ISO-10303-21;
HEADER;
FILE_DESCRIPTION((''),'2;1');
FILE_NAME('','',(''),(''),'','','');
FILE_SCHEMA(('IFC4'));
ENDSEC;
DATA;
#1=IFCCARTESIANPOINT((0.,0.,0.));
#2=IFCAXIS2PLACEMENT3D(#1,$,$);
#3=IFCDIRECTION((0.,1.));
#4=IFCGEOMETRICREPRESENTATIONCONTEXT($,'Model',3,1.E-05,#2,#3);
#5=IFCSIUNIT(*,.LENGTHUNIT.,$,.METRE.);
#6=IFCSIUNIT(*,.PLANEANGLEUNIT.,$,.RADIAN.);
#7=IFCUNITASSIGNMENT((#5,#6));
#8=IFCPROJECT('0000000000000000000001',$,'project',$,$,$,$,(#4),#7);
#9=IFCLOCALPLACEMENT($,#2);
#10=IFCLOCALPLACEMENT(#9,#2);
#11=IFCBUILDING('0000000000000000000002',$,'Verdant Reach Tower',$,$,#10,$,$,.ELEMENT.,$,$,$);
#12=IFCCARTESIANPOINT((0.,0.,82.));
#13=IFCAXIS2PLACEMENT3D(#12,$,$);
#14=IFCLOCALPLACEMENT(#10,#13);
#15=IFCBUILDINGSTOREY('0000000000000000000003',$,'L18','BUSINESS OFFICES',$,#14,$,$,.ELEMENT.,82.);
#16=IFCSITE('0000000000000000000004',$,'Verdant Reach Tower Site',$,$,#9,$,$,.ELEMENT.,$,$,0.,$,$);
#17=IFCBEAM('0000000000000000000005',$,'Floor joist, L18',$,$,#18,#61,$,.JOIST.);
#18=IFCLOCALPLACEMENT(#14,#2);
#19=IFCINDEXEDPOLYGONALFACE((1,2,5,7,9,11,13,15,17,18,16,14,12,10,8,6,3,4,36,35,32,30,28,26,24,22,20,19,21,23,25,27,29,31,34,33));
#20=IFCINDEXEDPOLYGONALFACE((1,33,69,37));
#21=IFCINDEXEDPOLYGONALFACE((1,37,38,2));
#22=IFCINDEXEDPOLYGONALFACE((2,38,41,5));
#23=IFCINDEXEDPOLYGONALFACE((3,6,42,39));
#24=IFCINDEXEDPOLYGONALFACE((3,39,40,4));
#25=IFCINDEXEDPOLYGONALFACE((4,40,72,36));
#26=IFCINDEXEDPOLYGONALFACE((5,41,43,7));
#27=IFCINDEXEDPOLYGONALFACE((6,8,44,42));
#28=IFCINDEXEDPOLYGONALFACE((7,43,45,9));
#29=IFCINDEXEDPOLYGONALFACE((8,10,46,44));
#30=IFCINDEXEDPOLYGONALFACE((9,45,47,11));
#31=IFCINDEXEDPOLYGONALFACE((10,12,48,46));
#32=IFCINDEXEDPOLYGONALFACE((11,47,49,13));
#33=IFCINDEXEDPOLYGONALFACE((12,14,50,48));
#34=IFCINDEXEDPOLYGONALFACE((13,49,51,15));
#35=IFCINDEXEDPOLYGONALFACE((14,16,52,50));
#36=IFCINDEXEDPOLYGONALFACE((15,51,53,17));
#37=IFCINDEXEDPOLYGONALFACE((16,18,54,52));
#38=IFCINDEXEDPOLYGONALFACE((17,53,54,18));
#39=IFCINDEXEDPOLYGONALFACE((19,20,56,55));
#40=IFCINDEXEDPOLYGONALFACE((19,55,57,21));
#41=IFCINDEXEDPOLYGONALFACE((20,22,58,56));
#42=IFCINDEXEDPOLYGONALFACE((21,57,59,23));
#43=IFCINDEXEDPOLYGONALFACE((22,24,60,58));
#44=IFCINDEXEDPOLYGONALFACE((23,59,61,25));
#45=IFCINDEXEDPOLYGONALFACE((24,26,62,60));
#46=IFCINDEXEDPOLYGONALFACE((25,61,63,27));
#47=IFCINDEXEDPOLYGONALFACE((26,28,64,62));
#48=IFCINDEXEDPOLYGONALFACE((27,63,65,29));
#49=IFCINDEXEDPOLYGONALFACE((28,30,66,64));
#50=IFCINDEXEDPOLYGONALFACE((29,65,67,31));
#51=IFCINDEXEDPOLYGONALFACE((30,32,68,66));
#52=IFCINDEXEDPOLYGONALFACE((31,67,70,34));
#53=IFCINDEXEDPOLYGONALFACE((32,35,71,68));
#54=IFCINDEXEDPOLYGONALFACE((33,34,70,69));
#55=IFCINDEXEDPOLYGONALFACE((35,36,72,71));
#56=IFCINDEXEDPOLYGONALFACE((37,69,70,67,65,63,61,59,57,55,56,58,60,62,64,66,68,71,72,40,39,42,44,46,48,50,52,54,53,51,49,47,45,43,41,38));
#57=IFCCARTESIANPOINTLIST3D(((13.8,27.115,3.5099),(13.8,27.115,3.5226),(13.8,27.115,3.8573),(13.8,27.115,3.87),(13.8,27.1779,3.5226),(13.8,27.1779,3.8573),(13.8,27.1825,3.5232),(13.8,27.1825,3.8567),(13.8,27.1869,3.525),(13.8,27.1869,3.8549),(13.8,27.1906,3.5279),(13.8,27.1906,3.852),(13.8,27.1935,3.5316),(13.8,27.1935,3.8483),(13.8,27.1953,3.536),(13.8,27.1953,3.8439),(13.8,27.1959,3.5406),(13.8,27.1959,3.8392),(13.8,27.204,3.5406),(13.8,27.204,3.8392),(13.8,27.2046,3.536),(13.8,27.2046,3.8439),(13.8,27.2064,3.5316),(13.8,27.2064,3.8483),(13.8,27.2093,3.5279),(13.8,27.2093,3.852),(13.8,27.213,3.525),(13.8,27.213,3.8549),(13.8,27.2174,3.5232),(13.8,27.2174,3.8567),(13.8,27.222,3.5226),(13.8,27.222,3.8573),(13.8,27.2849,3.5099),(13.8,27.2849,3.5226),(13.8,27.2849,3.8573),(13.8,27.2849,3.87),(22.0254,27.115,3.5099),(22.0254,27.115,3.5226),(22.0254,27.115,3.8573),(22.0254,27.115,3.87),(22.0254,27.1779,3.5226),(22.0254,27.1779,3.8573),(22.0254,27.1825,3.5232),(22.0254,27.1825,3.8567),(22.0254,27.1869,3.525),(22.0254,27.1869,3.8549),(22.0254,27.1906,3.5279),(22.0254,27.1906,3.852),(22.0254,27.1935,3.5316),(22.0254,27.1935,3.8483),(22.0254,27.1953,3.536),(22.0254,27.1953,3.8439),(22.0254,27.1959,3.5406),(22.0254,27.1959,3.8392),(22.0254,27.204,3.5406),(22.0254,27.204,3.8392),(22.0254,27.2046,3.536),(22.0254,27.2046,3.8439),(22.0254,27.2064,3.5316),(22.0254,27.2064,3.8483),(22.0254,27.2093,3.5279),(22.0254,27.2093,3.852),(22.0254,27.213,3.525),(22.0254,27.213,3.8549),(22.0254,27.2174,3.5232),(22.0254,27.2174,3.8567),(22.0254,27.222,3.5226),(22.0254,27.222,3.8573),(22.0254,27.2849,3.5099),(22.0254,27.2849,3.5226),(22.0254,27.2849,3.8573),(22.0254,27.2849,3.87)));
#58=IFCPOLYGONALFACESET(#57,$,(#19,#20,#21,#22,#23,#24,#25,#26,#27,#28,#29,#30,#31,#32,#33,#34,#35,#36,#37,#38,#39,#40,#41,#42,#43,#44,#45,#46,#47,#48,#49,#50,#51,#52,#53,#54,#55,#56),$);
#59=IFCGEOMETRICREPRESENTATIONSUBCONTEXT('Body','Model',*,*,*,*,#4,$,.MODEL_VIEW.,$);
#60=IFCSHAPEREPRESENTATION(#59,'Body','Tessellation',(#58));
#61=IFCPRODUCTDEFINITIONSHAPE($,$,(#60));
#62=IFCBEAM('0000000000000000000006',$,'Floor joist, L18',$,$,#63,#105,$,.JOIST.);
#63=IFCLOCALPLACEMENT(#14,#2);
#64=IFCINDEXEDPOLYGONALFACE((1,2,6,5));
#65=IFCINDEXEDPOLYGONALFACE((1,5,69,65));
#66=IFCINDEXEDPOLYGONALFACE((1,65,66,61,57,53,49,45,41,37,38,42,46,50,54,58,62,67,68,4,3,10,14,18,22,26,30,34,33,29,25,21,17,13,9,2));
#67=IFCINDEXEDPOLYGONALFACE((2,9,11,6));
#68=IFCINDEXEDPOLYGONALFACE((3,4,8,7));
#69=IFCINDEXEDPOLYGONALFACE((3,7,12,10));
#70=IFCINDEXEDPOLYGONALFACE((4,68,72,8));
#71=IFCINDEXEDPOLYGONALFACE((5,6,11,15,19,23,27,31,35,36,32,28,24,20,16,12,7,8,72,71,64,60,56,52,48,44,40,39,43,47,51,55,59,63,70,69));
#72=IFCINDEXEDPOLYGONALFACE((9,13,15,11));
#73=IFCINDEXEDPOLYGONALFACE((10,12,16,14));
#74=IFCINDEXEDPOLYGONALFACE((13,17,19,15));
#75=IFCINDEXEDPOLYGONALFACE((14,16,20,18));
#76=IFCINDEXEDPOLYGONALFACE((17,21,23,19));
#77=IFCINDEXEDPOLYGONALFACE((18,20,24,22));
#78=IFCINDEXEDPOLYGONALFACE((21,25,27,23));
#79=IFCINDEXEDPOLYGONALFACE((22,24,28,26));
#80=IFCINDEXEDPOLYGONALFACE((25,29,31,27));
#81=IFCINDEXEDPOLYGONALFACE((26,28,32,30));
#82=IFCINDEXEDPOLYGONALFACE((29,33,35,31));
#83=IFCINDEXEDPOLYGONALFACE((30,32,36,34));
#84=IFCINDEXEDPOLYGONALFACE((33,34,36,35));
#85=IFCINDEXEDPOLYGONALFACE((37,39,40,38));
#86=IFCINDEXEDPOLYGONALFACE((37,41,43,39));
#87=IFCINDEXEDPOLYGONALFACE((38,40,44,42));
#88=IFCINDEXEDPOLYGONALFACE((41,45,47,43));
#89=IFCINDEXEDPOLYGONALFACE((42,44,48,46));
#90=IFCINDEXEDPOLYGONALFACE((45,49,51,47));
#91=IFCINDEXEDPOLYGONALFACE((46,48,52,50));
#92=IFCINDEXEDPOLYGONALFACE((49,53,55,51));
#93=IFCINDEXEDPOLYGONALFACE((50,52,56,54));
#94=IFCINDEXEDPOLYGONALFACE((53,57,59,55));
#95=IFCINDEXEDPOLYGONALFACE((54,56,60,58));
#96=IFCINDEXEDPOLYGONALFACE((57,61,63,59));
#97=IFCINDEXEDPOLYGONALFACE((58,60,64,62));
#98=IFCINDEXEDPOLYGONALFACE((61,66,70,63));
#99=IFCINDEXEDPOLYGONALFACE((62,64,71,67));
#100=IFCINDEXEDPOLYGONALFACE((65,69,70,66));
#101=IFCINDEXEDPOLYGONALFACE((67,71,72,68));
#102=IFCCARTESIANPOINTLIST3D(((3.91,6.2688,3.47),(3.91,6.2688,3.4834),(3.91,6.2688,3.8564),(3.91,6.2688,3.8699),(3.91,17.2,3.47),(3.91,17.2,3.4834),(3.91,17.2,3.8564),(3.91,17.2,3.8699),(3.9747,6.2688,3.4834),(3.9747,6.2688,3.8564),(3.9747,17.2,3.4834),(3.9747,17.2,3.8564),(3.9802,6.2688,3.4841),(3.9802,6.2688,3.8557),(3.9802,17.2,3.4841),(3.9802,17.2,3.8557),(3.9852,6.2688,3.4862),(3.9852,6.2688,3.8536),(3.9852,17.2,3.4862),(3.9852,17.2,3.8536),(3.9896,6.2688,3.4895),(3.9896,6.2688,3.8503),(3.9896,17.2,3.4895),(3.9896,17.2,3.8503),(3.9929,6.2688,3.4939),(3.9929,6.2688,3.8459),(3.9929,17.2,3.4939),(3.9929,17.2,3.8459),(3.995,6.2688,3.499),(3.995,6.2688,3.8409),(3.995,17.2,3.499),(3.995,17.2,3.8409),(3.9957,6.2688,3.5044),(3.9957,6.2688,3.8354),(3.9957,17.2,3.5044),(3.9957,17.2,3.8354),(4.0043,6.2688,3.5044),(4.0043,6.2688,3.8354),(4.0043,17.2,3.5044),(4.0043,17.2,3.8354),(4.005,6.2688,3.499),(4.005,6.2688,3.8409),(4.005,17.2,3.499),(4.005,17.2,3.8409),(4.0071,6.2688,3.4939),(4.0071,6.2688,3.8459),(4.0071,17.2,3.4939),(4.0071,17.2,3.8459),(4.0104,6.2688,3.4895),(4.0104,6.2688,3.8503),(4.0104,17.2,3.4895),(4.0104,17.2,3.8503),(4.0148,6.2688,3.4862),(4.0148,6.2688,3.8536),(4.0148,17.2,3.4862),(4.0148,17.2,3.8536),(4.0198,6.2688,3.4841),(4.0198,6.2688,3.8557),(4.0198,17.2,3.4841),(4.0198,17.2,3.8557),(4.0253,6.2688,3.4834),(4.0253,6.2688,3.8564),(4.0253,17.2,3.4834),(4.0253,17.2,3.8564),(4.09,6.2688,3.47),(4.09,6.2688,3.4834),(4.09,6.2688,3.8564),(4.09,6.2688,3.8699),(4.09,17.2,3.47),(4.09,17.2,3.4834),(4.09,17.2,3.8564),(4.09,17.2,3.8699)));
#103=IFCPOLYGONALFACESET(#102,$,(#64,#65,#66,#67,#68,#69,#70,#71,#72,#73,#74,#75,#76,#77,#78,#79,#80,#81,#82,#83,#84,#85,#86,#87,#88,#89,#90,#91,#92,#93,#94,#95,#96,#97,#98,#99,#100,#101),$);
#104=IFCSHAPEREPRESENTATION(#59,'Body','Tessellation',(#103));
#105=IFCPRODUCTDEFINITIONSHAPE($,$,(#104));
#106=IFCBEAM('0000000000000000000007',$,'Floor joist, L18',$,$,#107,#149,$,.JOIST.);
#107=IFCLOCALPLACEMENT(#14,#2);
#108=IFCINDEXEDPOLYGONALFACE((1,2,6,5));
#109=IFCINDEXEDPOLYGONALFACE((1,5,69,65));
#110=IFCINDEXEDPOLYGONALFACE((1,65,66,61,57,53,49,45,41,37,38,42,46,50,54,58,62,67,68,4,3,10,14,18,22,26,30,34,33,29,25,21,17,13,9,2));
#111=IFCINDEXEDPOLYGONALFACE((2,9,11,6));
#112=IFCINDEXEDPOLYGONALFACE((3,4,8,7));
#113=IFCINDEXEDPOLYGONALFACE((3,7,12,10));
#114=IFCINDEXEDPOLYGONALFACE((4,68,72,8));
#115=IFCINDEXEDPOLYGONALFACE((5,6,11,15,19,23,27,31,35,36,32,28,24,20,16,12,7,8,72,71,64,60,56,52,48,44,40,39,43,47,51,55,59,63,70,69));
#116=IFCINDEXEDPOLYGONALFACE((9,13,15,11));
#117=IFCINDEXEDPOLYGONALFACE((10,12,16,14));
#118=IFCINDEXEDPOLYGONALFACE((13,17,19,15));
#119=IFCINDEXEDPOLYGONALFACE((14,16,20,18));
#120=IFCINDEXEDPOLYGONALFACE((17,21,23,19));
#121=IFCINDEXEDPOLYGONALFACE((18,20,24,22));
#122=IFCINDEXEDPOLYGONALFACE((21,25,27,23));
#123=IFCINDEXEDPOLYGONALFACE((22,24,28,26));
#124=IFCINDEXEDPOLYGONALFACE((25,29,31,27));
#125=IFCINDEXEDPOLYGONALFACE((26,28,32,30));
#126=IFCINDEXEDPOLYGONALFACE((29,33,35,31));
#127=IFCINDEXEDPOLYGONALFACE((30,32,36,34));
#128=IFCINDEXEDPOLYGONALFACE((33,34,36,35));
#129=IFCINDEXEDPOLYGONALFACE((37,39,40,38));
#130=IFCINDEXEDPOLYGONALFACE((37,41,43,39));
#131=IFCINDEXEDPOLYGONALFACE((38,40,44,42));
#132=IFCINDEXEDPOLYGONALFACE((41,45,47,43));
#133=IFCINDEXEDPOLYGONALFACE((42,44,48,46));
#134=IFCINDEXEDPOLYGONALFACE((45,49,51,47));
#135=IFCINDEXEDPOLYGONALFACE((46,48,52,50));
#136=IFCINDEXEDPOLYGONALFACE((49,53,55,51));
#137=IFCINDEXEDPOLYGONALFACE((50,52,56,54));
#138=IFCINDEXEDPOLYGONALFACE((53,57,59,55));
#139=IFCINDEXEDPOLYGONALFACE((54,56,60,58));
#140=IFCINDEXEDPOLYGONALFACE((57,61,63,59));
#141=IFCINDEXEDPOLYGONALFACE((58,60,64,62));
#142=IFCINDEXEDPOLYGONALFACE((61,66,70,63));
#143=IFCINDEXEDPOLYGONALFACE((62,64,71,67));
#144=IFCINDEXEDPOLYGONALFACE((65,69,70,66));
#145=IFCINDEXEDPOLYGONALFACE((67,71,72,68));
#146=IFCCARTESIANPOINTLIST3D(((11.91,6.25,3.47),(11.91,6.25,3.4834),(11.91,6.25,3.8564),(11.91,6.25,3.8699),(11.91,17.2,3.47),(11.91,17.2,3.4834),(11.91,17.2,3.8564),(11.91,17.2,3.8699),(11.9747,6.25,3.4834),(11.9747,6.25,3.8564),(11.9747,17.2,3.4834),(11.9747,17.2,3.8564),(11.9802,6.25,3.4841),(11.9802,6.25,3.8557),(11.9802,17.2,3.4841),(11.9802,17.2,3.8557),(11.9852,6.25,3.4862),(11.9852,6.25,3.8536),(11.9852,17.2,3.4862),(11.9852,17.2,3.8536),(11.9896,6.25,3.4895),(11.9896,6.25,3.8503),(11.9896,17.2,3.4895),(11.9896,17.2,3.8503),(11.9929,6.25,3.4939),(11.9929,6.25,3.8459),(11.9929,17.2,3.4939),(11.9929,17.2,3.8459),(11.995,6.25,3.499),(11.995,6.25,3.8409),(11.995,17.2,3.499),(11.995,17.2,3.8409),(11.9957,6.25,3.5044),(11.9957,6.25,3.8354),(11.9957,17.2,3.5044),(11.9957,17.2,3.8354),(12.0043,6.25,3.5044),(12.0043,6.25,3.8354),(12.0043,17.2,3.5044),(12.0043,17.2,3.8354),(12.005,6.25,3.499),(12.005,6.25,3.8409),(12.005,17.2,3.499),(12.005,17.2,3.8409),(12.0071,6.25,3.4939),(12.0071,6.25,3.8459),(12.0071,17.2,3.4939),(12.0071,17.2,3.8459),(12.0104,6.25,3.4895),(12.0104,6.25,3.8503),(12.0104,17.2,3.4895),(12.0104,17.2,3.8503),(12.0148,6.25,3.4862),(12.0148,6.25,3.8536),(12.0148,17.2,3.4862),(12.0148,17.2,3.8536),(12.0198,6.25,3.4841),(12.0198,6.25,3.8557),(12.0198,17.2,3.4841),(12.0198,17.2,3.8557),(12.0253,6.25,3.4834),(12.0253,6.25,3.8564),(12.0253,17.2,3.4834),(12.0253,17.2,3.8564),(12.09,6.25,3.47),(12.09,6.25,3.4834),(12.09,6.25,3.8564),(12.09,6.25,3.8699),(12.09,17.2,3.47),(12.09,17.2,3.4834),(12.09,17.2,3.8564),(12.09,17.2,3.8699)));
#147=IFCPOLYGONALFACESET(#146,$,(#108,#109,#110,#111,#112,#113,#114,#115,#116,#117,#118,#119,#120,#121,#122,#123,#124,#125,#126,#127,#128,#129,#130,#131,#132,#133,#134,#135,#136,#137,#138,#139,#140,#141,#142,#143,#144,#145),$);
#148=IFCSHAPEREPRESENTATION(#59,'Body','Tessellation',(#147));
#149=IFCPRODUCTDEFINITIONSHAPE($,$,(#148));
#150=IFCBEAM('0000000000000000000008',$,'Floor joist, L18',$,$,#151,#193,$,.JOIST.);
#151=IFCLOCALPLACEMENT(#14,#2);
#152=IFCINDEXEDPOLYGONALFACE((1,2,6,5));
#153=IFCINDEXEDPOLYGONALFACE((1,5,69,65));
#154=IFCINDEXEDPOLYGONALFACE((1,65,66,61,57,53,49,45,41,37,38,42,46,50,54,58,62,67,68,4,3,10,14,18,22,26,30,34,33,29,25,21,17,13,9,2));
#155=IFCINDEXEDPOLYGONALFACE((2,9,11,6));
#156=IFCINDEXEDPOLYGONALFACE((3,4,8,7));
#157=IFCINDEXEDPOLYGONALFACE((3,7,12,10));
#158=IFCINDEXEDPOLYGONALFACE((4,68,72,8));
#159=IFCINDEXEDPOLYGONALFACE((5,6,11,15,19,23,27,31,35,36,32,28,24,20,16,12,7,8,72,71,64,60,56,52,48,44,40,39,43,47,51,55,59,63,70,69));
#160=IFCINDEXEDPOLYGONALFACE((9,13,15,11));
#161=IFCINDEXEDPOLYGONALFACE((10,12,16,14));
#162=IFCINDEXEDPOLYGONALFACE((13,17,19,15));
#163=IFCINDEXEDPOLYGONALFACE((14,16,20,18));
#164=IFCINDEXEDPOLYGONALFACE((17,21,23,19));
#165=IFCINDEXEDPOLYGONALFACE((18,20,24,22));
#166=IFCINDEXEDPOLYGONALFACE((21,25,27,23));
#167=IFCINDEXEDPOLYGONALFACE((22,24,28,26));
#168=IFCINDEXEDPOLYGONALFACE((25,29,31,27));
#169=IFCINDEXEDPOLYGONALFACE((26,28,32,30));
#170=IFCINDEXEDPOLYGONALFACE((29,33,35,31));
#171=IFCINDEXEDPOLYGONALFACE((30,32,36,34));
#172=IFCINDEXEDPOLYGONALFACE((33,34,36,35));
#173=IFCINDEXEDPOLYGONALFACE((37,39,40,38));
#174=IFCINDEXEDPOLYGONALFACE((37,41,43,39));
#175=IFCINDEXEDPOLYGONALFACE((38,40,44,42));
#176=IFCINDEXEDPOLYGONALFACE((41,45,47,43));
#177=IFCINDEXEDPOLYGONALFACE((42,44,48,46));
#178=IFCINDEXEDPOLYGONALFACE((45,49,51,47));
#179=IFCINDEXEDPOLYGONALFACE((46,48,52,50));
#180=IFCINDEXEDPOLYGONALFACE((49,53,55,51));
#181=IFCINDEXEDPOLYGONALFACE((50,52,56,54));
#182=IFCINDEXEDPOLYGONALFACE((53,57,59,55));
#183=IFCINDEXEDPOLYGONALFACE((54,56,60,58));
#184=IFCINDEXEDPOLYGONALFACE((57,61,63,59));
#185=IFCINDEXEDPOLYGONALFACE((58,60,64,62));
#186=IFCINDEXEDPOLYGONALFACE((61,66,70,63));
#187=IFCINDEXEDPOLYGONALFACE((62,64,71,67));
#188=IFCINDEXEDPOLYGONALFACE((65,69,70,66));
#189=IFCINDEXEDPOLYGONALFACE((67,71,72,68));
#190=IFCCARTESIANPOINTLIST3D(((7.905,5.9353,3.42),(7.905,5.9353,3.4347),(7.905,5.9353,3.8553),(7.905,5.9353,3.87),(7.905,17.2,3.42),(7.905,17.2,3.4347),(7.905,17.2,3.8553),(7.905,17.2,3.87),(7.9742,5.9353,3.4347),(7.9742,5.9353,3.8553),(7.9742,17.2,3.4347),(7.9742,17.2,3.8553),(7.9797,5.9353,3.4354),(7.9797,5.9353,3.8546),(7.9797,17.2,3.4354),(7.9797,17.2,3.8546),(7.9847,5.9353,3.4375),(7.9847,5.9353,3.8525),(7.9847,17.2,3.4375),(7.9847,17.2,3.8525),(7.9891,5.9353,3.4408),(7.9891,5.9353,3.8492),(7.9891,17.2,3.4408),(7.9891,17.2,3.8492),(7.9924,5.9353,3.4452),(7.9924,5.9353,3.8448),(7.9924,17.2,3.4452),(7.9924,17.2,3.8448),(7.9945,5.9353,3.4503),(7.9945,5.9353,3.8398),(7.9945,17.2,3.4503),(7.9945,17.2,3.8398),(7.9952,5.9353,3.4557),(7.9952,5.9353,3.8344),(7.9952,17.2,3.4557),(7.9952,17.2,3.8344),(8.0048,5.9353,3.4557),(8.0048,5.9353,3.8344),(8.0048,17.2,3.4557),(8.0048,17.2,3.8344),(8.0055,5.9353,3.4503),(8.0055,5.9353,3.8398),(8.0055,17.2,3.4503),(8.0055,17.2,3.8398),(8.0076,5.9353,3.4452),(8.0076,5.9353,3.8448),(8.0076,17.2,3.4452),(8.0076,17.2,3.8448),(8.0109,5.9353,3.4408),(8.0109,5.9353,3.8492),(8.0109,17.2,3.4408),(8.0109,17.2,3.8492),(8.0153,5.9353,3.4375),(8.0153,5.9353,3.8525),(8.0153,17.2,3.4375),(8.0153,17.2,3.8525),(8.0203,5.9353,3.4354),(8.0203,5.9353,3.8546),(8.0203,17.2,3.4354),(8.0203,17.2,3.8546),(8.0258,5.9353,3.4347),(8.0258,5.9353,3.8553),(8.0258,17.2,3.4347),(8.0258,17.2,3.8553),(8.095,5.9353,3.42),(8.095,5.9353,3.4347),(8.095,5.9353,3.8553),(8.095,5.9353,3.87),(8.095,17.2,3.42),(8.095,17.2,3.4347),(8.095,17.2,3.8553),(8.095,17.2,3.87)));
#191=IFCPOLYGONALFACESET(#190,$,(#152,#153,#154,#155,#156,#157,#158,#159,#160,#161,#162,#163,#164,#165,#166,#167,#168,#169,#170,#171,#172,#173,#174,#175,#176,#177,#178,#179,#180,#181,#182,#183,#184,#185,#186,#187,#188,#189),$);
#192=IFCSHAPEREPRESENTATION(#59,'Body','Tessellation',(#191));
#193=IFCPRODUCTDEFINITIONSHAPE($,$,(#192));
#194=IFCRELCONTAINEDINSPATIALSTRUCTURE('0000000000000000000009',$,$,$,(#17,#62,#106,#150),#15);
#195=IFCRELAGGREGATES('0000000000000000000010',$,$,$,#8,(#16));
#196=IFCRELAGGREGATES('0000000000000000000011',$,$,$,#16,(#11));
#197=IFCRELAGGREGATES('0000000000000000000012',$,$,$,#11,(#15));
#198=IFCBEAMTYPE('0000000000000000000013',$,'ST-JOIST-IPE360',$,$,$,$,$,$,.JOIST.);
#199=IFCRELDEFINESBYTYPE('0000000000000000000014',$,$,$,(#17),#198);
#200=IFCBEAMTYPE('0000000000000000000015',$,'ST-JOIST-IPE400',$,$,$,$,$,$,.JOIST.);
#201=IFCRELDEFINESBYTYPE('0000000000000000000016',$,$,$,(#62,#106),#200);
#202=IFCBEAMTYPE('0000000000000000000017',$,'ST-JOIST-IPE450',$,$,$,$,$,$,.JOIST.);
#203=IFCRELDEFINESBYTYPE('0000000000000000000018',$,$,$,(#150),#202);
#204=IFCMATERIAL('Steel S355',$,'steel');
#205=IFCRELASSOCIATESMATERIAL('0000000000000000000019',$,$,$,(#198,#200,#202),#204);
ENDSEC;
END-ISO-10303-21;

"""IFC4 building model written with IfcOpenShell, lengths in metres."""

from ifc_helpers import new_model, si_unit, direction, frame, origin, origin_2d, place, context, subcontext, project, spatial, i_section, extrude, material, material_profile, profile_set, type_object, element, save


model = new_model("IFC4")

# Units and contexts
model_context = context("Model", 3, precision=1e-05, world=origin(), true_north=direction((0.0, 1.0)))
body_context = subcontext(model_context, "Body", "Model", "MODEL_VIEW")
ifc_project = project(units=[si_unit("LENGTHUNIT", "METRE"), si_unit("PLANEANGLEUNIT", "RADIAN")], contexts=[model_context])

# Site, building, storey
site_placement = place(None, origin())
site = spatial("IfcSite", under=ifc_project, at=site_placement, Name="Verdant Reach Tower Site", CompositionType="ELEMENT", RefElevation=0.0)
building_placement = place(site_placement, origin())
building = spatial("IfcBuilding", under=site, at=building_placement, Name="Verdant Reach Tower", CompositionType="ELEMENT")
storey_placement = place(building_placement, frame((0.0, 0.0, 82.0)))
storey = spatial("IfcBuildingStorey", under=building, at=storey_placement, Name="L18", Description="BUSINESS OFFICES", CompositionType="ELEMENT", Elevation=82.0)

# Beams
ifc_material_1 = material(Name="Steel S355", Category="steel")
ifc_material_profile_1 = material_profile(ifc_material_1, i_section(OverallWidth=0.1699, OverallDepth=0.3601, WebThickness=0.0081, FlangeThickness=0.0127, FilletRadius=0.0181, at=origin_2d()), Name="IPE 360")
ifc_profile_set_1 = profile_set([ifc_material_profile_1], Name="Steel S355")
beam_type_1 = type_object("IfcBeamType", Name="ST-JOIST-IPE360", PredefinedType="JOIST", material=ifc_profile_set_1)
beam_1_placement = place(storey_placement, frame((13.8, 27.2, 3.6899), z_axis=(1.0, 0.0, 0.0), x_axis=(0.0, 1.0, 0.0)))
element("IfcBeam", 1, at=beam_1_placement, inside=storey, type_object=beam_type_1, Name="Floor joist, L18", PredefinedType="JOIST", context=body_context, shape_type="SweptSolid", body=[
    extrude(i_section(OverallWidth=0.1699, OverallDepth=0.3601, WebThickness=0.0081, FlangeThickness=0.0127, FilletRadius=0.0181, at=origin_2d()), origin(), (0.0, 0.0, 1.0), 8.2253),
])
ifc_material_profile_2 = material_profile(ifc_material_1, i_section(OverallWidth=0.1799, OverallDepth=0.3999, WebThickness=0.0085, FlangeThickness=0.0134, FilletRadius=0.021, at=origin_2d()), Name="IPE 400")
ifc_profile_set_2 = profile_set([ifc_material_profile_2], Name="Steel S355")
beam_type_2 = type_object("IfcBeamType", Name="ST-JOIST-IPE400", PredefinedType="JOIST", material=ifc_profile_set_2)
beam_2_placement = place(storey_placement, frame((4.0, 17.2, 3.6699), z_axis=(0.0, -1.0, 0.0), x_axis=(1.0, 0.0, 0.0)))
element("IfcBeam", 2, at=beam_2_placement, inside=storey, type_object=beam_type_2, Name="Floor joist, L18", PredefinedType="JOIST", context=body_context, shape_type="SweptSolid", body=[
    extrude(i_section(OverallWidth=0.1799, OverallDepth=0.3999, WebThickness=0.0085, FlangeThickness=0.0134, FilletRadius=0.021, at=origin_2d()), origin(), (0.0, 0.0, 1.0), 10.9312),
])
beam_3_placement = place(storey_placement, frame((12.0, 17.2, 3.6699), z_axis=(0.0, -1.0, 0.0), x_axis=(1.0, 0.0, 0.0)))
element("IfcBeam", 3, at=beam_3_placement, inside=storey, type_object=beam_type_2, Name="Floor joist, L18", PredefinedType="JOIST", context=body_context, shape_type="SweptSolid", body=[
    extrude(i_section(OverallWidth=0.1799, OverallDepth=0.3999, WebThickness=0.0085, FlangeThickness=0.0134, FilletRadius=0.021, at=origin_2d()), origin(), (0.0, 0.0, 1.0), 10.95),
])
ifc_material_profile_3 = material_profile(ifc_material_1, i_section(OverallWidth=0.1899, OverallDepth=0.45, WebThickness=0.0095, FlangeThickness=0.0146, FilletRadius=0.021, at=origin_2d()), Name="IPE 450")
ifc_profile_set_3 = profile_set([ifc_material_profile_3], Name="Steel S355")
beam_type_3 = type_object("IfcBeamType", Name="ST-JOIST-IPE450", PredefinedType="JOIST", material=ifc_profile_set_3)
beam_4_placement = place(storey_placement, frame((8.0, 17.2, 3.645), z_axis=(0.0, -1.0, 0.0), x_axis=(1.0, 0.0, 0.0)))
element("IfcBeam", 4, at=beam_4_placement, inside=storey, type_object=beam_type_3, Name="Floor joist, L18", PredefinedType="JOIST", context=body_context, shape_type="SweptSolid", body=[
    extrude(i_section(OverallWidth=0.1899, OverallDepth=0.45, WebThickness=0.0095, FlangeThickness=0.0146, FilletRadius=0.021, at=origin_2d()), origin(), (0.0, 0.0, 1.0), 11.2646),
])

save(model, "model.ifc")
